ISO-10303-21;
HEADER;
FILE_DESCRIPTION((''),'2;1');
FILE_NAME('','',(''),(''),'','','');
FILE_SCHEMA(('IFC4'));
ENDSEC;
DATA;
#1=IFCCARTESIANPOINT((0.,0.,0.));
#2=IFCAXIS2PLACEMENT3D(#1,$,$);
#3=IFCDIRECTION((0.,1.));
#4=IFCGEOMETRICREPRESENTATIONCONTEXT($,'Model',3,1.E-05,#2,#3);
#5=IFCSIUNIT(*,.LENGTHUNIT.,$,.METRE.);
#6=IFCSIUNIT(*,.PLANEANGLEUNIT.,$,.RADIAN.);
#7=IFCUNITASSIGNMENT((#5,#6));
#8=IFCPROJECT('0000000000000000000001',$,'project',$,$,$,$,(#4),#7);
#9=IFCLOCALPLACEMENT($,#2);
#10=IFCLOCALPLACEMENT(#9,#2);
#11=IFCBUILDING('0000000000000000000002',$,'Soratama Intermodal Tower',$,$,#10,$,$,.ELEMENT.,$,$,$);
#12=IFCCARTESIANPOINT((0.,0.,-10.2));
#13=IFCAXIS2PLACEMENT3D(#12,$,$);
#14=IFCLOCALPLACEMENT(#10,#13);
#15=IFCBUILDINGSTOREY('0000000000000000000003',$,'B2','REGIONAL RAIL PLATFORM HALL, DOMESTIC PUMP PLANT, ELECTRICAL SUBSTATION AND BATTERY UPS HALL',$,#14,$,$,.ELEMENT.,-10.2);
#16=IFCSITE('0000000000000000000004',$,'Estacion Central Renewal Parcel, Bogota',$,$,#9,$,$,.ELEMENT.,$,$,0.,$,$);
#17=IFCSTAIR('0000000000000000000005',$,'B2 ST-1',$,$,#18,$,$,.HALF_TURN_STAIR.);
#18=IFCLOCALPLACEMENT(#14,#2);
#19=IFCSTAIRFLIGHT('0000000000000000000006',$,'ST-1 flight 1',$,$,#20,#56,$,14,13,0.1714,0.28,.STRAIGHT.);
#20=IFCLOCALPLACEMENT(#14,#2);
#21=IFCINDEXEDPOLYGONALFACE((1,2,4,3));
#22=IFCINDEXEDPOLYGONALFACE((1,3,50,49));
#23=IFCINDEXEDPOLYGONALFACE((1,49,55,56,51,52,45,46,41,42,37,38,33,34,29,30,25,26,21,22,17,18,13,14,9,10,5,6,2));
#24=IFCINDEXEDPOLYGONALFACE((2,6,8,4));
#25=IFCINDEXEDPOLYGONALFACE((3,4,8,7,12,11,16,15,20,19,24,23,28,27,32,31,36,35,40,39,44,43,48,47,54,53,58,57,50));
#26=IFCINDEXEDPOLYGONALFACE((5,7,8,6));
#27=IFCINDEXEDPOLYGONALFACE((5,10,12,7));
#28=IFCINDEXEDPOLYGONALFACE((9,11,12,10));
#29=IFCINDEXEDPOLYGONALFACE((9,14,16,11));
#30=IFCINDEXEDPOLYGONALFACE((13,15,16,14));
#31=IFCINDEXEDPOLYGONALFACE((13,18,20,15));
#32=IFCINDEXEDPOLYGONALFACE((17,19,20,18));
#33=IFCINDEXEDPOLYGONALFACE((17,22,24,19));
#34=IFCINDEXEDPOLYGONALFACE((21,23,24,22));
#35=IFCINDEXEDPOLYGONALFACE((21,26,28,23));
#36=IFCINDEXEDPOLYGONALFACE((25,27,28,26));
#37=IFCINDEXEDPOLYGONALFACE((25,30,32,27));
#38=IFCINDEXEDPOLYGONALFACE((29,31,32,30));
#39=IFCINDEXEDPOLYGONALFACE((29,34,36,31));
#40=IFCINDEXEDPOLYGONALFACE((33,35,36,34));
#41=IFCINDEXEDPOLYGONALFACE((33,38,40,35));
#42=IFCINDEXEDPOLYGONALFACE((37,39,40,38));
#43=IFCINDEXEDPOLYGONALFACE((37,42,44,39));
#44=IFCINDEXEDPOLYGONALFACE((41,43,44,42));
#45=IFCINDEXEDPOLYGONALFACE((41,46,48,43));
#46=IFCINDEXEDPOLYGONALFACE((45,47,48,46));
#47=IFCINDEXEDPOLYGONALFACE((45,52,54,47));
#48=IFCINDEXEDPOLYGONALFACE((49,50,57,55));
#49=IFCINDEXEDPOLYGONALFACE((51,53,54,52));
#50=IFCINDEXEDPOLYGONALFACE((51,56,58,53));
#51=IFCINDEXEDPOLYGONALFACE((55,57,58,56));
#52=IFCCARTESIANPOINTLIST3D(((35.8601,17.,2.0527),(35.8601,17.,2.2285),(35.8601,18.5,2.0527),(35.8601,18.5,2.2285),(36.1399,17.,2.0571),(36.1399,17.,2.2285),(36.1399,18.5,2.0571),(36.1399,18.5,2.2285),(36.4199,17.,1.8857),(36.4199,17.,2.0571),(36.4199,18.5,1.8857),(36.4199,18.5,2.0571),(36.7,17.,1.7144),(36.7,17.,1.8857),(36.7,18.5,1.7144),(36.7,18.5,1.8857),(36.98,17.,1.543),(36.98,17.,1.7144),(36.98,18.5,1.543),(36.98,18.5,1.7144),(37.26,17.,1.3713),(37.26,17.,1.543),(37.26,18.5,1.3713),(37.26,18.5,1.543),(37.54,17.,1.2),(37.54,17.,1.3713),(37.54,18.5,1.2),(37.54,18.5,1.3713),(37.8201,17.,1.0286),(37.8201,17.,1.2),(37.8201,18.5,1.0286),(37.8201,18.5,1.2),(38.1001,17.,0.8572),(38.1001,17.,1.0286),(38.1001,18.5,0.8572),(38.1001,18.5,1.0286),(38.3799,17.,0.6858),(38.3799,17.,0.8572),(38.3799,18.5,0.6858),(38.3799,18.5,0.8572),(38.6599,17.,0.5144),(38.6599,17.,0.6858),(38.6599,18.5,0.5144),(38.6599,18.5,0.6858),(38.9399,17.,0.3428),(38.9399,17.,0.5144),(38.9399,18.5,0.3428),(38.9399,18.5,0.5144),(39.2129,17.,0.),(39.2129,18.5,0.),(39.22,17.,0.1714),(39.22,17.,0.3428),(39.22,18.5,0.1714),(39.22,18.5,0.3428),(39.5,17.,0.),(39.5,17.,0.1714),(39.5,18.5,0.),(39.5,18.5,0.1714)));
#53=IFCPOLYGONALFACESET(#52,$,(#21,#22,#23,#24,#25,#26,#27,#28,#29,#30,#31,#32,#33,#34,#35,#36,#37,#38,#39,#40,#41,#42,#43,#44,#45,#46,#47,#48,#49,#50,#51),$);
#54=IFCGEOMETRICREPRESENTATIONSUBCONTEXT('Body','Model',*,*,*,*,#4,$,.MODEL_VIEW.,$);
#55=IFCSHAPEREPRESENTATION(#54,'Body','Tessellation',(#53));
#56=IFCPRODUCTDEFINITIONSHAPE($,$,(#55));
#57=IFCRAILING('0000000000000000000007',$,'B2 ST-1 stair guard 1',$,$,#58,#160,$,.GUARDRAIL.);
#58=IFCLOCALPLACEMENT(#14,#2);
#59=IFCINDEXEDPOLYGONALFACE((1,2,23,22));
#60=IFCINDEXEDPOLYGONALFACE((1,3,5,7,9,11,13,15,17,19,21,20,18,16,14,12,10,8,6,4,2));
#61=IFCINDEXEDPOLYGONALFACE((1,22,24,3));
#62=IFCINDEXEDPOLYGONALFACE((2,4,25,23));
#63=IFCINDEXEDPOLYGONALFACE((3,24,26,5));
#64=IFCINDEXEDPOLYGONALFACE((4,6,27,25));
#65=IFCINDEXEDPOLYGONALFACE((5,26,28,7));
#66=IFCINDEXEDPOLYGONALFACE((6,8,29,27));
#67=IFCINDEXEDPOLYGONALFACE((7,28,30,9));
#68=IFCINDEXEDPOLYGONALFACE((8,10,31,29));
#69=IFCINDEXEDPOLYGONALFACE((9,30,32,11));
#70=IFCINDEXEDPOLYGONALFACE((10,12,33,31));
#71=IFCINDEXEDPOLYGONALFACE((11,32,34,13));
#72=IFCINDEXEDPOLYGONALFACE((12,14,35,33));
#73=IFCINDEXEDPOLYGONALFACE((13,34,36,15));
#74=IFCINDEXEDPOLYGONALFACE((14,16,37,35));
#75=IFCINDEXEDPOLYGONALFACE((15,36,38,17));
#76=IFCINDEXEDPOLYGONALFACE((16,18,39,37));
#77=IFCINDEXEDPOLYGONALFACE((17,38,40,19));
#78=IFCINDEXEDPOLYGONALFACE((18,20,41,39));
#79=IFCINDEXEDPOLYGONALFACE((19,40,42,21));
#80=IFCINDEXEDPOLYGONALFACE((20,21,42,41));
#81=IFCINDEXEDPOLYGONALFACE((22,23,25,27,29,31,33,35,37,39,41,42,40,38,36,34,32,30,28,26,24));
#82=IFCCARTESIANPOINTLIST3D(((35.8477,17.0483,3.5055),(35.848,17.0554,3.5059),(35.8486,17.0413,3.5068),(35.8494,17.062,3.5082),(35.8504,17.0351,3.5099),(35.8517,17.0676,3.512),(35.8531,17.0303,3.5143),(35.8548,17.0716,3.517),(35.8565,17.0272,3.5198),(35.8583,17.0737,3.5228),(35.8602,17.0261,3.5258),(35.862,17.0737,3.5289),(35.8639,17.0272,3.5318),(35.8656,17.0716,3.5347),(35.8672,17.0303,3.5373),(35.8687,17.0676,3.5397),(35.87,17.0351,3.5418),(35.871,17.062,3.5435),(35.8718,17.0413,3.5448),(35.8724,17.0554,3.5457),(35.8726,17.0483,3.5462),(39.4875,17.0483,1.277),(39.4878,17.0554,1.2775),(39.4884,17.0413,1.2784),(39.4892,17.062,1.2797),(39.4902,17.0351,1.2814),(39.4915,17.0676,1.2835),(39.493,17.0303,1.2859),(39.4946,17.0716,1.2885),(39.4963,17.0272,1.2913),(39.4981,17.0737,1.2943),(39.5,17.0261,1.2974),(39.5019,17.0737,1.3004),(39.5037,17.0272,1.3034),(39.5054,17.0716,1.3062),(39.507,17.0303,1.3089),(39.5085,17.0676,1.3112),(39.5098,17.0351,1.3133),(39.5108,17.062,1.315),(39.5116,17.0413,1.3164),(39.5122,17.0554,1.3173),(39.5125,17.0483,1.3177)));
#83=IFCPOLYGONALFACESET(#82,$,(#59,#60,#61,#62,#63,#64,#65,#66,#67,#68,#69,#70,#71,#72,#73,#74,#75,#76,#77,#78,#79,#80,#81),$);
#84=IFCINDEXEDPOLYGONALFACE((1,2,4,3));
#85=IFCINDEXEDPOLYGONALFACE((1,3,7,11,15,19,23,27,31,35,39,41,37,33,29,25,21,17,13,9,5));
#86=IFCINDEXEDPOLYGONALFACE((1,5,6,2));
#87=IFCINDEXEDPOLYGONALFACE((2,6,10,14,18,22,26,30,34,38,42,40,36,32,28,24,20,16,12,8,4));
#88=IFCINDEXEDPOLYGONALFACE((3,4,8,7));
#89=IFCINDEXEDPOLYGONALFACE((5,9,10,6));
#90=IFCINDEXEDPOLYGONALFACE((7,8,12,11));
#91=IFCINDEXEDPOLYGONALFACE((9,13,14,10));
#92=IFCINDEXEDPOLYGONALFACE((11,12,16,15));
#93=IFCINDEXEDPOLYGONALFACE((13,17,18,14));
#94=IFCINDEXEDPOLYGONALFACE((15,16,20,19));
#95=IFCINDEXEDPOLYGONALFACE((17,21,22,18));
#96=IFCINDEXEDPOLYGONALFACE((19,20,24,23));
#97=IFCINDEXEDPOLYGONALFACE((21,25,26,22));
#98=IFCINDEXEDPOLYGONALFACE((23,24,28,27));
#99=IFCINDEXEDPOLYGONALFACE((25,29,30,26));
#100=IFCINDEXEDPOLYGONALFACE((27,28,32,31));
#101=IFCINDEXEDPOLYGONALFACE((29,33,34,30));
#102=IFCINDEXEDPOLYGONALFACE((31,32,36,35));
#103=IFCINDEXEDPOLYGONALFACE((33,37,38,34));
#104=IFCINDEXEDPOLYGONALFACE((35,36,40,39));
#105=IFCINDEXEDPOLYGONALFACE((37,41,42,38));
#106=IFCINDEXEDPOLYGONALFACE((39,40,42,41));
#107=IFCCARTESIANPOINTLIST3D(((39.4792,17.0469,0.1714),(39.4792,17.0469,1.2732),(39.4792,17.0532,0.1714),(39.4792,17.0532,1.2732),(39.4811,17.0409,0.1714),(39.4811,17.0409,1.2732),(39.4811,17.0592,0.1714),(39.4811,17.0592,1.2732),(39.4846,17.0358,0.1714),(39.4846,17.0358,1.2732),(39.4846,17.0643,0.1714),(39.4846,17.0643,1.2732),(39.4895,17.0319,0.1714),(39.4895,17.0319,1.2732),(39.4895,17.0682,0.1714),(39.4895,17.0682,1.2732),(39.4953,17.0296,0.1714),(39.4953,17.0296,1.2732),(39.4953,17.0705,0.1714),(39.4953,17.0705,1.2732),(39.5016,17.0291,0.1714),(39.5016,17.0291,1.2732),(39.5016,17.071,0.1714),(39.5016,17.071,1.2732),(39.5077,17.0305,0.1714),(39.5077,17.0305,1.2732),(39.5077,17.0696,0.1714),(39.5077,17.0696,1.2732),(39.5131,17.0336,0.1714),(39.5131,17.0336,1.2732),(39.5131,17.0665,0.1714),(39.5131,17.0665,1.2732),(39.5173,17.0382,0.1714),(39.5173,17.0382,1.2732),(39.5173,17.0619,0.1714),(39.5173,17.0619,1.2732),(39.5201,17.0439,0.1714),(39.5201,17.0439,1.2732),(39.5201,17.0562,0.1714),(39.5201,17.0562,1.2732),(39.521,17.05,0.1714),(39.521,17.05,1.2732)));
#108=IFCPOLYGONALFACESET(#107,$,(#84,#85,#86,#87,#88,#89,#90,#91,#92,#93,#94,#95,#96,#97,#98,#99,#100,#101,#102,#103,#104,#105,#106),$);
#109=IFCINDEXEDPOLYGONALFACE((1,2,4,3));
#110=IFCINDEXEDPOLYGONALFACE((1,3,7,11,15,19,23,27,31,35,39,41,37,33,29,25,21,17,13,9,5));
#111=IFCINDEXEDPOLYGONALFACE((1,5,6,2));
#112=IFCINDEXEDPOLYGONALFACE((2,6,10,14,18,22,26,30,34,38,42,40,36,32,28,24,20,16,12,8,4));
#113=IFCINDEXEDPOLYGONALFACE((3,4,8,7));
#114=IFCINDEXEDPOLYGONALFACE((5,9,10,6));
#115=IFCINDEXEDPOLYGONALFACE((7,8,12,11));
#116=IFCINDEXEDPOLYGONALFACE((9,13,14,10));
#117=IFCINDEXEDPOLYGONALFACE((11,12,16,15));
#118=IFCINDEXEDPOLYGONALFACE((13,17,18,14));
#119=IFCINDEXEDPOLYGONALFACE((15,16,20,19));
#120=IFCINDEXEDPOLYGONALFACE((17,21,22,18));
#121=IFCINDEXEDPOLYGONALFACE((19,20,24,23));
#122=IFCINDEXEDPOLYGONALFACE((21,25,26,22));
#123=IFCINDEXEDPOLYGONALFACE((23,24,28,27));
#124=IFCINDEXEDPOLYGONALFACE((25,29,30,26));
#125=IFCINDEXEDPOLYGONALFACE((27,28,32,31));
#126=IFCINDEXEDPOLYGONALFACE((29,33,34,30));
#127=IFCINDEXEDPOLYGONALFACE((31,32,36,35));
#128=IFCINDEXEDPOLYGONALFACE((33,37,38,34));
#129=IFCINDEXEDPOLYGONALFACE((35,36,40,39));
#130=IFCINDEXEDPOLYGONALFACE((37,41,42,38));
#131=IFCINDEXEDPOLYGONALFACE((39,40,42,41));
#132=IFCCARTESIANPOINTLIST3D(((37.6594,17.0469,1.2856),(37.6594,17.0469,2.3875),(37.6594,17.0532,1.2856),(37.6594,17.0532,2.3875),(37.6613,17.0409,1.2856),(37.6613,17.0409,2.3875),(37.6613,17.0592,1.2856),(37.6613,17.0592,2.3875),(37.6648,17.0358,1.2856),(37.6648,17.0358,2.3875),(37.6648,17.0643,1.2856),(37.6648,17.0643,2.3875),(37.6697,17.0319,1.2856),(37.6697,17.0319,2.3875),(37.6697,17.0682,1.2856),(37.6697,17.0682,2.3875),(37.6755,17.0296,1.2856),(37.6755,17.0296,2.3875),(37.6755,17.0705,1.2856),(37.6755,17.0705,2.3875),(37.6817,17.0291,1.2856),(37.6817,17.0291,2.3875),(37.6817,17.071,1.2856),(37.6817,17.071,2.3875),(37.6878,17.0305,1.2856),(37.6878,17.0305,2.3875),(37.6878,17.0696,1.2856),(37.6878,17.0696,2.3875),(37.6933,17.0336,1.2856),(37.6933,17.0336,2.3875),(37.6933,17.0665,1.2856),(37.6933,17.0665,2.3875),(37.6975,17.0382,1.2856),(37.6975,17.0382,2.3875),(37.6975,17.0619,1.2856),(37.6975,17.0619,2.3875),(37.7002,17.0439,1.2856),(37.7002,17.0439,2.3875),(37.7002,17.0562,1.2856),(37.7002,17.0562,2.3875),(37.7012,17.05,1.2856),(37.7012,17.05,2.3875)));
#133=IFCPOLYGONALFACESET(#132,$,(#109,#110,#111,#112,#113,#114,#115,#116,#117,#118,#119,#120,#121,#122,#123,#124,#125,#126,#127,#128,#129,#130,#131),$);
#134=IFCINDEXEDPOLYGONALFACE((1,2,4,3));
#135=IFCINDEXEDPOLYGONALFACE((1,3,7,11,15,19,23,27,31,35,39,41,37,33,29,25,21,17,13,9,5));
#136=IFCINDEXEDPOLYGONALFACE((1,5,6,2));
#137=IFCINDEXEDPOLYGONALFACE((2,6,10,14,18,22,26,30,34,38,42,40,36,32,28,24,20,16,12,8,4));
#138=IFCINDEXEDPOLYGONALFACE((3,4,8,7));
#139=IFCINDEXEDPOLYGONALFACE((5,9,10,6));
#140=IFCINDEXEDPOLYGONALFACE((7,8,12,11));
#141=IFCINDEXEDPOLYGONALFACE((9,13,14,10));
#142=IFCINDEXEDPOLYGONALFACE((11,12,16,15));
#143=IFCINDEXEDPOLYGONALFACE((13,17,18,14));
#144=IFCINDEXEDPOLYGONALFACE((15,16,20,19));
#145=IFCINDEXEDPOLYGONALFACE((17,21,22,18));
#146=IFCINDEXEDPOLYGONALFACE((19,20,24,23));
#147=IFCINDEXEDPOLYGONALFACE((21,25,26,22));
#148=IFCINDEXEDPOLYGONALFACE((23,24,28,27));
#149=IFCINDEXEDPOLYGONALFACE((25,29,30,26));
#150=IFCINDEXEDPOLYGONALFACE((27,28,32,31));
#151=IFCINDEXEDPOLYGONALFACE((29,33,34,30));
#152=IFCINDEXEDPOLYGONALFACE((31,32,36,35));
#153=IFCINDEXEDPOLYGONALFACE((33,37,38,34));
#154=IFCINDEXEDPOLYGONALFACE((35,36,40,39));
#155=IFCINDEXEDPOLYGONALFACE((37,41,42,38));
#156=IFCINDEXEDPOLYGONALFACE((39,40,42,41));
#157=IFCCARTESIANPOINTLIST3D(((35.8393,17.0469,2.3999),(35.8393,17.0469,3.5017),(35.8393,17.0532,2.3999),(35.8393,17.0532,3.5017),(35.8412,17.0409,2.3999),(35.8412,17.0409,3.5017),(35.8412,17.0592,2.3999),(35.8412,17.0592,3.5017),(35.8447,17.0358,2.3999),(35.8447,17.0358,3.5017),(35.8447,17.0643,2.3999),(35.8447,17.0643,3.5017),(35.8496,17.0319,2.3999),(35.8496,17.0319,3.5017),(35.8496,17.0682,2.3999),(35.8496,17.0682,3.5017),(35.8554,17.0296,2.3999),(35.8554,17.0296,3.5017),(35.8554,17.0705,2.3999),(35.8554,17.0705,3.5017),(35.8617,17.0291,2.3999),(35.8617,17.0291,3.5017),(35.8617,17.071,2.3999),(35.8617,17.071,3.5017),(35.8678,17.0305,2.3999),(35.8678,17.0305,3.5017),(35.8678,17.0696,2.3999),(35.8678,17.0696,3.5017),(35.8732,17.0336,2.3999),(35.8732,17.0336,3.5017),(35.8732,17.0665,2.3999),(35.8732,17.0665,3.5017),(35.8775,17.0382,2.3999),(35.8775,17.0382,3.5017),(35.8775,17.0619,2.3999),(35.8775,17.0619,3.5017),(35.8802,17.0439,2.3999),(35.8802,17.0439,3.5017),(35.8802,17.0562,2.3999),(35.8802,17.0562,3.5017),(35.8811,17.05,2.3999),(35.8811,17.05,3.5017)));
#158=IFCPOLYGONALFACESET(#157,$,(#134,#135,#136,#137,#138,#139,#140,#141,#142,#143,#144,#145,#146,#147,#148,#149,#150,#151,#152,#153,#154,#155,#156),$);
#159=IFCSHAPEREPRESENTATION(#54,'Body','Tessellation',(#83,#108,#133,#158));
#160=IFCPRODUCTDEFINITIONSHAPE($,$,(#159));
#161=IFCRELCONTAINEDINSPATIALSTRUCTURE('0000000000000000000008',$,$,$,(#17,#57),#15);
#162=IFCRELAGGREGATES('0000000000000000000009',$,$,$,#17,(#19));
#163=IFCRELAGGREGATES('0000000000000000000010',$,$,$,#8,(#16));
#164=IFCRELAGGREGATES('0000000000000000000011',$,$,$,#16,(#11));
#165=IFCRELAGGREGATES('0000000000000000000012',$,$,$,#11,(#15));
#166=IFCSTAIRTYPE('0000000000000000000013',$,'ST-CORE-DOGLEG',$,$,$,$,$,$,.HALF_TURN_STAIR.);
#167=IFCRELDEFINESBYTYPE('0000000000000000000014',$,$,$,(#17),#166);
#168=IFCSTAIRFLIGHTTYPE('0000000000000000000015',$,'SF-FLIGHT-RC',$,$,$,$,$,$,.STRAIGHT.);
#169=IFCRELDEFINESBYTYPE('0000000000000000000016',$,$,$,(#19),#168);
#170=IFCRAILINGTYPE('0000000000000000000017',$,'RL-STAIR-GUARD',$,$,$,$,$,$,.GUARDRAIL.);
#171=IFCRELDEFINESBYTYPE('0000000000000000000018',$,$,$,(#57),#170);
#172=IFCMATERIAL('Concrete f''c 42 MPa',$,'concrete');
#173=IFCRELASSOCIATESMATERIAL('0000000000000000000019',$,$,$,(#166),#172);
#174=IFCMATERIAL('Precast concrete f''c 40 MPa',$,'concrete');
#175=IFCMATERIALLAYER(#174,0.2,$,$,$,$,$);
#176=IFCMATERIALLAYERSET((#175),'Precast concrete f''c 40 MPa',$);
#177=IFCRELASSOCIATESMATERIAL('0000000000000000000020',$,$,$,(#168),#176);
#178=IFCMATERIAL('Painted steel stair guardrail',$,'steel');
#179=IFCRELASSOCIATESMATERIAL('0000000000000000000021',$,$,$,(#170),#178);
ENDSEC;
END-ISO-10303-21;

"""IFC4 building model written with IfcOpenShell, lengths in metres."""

from ifc_helpers import new_model, si_unit, direction, frame, origin, origin_2d, place, context, subcontext, project, spatial, polyline, circle, outline, extrude, material, layer, layer_set, type_object, element, aggregate, save


model = new_model("IFC4")

# Units and contexts
model_context = context("Model", 3, precision=1e-05, world=origin(), true_north=direction((0.0, 1.0)))
body_context = subcontext(model_context, "Body", "Model", "MODEL_VIEW")
ifc_project = project(units=[si_unit("LENGTHUNIT", "METRE"), si_unit("PLANEANGLEUNIT", "RADIAN")], contexts=[model_context])

# Site, building, storey
site_placement = place(None, origin())
site = spatial("IfcSite", under=ifc_project, at=site_placement, Name="Estacion Central Renewal Parcel, Bogota", CompositionType="ELEMENT", RefElevation=0.0)
building_placement = place(site_placement, origin())
building = spatial("IfcBuilding", under=site, at=building_placement, Name="Soratama Intermodal Tower", CompositionType="ELEMENT")
storey_placement = place(building_placement, frame((0.0, 0.0, -10.2)))
storey = spatial("IfcBuildingStorey", under=building, at=storey_placement, Name="B2", Description="REGIONAL RAIL PLATFORM HALL, DOMESTIC PUMP PLANT, ELECTRICAL SUBSTATION AND BATTERY UPS HALL", CompositionType="ELEMENT", Elevation=-10.2)

# Stair, stair flight
ifc_material_1 = material(Name="Concrete f'c 42 MPa", Category="concrete")
stair_type = type_object("IfcStairType", Name="ST-CORE-DOGLEG", PredefinedType="HALF_TURN_STAIR", material=ifc_material_1)
stair_placement = place(storey_placement, origin())
stair = element("IfcStair", 1, at=stair_placement, inside=storey, type_object=stair_type, Name="B2 ST-1", PredefinedType="HALF_TURN_STAIR")
ifc_material_2 = material(Name="Precast concrete f'c 40 MPa", Category="concrete")
ifc_layer_1 = layer(ifc_material_2, 0.2)
ifc_layer_set_1 = layer_set([ifc_layer_1], Name="Precast concrete f'c 40 MPa")
stair_flight_type = type_object("IfcStairFlightType", Name="SF-FLIGHT-RC", PredefinedType="STRAIGHT", material=ifc_layer_set_1)
stair_flight_placement = place(storey_placement, frame((39.5, 17.75, 0.0), z_axis=(0.0, 0.0, 1.0), x_axis=(-1.0, 0.0, 0.0)))
stair_flight = element("IfcStairFlight", 2, at=stair_flight_placement, type_object=stair_flight_type, Name="ST-1 flight 1", NumberOfRisers=14, NumberOfTreads=13, PredefinedType="STRAIGHT", RiserHeight=0.1714, TreadLength=0.28, context=body_context, shape_type="SweptSolid", body=[
    extrude(outline(polyline([(0.0, 0.0), (0.0, 0.1714), (0.28, 0.1714), (0.28, 0.3428), (0.5601, 0.3428), (0.5601, 0.5144), (0.8401, 0.5144), (0.8401, 0.6858), (1.1201, 0.6858), (1.1201, 0.8572), (1.3999, 0.8572), (1.3999, 1.0286), (1.6799, 1.0286), (1.6799, 1.2), (1.96, 1.2), (1.96, 1.3713), (2.24, 1.3713), (2.24, 1.543), (2.52, 1.543), (2.52, 1.7144), (2.8, 1.7144), (2.8, 1.8857), (3.0801, 1.8857), (3.0801, 2.0571), (3.3601, 2.0571), (3.3601, 2.2285), (3.6399, 2.2285), (3.6399, 2.3999), (3.6399, 2.0527), (0.2871, 0.0), (0.0, 0.0)])), frame((0.0, 0.75, 0.0), z_axis=(0.0, -1.0, 0.0), x_axis=(1.0, 0.0, 0.0)), (0.0, 0.0, 1.0), 1.5),
])
aggregate(stair, [stair_flight])

# Railing
ifc_material_3 = material(Name="Painted steel stair guardrail", Category="steel")
railing_type_1 = type_object("IfcRailingType", Name="RL-STAIR-GUARD", PredefinedType="GUARDRAIL", material=ifc_material_3)
railing_1_placement = place(storey_placement, frame((39.5, 17.05, 0.1714)))
element("IfcRailing", 3, at=railing_1_placement, inside=storey, type_object=railing_type_1, Name="B2 ST-1 stair guard 1", PredefinedType="GUARDRAIL", context=body_context, shape_type="SweptSolid", body=[
    extrude(circle(Radius=0.0239, at=origin_2d()), frame((0.0, 0.0, 1.126), z_axis=(-0.85285, 0.0, 0.522156), x_axis=(0.0, -1.0, 0.0)), (0.0, 0.0, 1.0), 4.2678),
    extrude(circle(Radius=0.021, at=origin_2d()), origin(), (0.0, 0.0, 1.0), 1.1018),
    extrude(circle(Radius=0.021, at=origin_2d()), frame((-1.8198, 0.0, 1.1143)), (0.0, 0.0, 1.0), 1.1018),
    extrude(circle(Radius=0.021, at=origin_2d()), frame((-3.6399, 0.0, 2.2285)), (0.0, 0.0, 1.0), 1.1018),
])

save(model, "model.ifc")
